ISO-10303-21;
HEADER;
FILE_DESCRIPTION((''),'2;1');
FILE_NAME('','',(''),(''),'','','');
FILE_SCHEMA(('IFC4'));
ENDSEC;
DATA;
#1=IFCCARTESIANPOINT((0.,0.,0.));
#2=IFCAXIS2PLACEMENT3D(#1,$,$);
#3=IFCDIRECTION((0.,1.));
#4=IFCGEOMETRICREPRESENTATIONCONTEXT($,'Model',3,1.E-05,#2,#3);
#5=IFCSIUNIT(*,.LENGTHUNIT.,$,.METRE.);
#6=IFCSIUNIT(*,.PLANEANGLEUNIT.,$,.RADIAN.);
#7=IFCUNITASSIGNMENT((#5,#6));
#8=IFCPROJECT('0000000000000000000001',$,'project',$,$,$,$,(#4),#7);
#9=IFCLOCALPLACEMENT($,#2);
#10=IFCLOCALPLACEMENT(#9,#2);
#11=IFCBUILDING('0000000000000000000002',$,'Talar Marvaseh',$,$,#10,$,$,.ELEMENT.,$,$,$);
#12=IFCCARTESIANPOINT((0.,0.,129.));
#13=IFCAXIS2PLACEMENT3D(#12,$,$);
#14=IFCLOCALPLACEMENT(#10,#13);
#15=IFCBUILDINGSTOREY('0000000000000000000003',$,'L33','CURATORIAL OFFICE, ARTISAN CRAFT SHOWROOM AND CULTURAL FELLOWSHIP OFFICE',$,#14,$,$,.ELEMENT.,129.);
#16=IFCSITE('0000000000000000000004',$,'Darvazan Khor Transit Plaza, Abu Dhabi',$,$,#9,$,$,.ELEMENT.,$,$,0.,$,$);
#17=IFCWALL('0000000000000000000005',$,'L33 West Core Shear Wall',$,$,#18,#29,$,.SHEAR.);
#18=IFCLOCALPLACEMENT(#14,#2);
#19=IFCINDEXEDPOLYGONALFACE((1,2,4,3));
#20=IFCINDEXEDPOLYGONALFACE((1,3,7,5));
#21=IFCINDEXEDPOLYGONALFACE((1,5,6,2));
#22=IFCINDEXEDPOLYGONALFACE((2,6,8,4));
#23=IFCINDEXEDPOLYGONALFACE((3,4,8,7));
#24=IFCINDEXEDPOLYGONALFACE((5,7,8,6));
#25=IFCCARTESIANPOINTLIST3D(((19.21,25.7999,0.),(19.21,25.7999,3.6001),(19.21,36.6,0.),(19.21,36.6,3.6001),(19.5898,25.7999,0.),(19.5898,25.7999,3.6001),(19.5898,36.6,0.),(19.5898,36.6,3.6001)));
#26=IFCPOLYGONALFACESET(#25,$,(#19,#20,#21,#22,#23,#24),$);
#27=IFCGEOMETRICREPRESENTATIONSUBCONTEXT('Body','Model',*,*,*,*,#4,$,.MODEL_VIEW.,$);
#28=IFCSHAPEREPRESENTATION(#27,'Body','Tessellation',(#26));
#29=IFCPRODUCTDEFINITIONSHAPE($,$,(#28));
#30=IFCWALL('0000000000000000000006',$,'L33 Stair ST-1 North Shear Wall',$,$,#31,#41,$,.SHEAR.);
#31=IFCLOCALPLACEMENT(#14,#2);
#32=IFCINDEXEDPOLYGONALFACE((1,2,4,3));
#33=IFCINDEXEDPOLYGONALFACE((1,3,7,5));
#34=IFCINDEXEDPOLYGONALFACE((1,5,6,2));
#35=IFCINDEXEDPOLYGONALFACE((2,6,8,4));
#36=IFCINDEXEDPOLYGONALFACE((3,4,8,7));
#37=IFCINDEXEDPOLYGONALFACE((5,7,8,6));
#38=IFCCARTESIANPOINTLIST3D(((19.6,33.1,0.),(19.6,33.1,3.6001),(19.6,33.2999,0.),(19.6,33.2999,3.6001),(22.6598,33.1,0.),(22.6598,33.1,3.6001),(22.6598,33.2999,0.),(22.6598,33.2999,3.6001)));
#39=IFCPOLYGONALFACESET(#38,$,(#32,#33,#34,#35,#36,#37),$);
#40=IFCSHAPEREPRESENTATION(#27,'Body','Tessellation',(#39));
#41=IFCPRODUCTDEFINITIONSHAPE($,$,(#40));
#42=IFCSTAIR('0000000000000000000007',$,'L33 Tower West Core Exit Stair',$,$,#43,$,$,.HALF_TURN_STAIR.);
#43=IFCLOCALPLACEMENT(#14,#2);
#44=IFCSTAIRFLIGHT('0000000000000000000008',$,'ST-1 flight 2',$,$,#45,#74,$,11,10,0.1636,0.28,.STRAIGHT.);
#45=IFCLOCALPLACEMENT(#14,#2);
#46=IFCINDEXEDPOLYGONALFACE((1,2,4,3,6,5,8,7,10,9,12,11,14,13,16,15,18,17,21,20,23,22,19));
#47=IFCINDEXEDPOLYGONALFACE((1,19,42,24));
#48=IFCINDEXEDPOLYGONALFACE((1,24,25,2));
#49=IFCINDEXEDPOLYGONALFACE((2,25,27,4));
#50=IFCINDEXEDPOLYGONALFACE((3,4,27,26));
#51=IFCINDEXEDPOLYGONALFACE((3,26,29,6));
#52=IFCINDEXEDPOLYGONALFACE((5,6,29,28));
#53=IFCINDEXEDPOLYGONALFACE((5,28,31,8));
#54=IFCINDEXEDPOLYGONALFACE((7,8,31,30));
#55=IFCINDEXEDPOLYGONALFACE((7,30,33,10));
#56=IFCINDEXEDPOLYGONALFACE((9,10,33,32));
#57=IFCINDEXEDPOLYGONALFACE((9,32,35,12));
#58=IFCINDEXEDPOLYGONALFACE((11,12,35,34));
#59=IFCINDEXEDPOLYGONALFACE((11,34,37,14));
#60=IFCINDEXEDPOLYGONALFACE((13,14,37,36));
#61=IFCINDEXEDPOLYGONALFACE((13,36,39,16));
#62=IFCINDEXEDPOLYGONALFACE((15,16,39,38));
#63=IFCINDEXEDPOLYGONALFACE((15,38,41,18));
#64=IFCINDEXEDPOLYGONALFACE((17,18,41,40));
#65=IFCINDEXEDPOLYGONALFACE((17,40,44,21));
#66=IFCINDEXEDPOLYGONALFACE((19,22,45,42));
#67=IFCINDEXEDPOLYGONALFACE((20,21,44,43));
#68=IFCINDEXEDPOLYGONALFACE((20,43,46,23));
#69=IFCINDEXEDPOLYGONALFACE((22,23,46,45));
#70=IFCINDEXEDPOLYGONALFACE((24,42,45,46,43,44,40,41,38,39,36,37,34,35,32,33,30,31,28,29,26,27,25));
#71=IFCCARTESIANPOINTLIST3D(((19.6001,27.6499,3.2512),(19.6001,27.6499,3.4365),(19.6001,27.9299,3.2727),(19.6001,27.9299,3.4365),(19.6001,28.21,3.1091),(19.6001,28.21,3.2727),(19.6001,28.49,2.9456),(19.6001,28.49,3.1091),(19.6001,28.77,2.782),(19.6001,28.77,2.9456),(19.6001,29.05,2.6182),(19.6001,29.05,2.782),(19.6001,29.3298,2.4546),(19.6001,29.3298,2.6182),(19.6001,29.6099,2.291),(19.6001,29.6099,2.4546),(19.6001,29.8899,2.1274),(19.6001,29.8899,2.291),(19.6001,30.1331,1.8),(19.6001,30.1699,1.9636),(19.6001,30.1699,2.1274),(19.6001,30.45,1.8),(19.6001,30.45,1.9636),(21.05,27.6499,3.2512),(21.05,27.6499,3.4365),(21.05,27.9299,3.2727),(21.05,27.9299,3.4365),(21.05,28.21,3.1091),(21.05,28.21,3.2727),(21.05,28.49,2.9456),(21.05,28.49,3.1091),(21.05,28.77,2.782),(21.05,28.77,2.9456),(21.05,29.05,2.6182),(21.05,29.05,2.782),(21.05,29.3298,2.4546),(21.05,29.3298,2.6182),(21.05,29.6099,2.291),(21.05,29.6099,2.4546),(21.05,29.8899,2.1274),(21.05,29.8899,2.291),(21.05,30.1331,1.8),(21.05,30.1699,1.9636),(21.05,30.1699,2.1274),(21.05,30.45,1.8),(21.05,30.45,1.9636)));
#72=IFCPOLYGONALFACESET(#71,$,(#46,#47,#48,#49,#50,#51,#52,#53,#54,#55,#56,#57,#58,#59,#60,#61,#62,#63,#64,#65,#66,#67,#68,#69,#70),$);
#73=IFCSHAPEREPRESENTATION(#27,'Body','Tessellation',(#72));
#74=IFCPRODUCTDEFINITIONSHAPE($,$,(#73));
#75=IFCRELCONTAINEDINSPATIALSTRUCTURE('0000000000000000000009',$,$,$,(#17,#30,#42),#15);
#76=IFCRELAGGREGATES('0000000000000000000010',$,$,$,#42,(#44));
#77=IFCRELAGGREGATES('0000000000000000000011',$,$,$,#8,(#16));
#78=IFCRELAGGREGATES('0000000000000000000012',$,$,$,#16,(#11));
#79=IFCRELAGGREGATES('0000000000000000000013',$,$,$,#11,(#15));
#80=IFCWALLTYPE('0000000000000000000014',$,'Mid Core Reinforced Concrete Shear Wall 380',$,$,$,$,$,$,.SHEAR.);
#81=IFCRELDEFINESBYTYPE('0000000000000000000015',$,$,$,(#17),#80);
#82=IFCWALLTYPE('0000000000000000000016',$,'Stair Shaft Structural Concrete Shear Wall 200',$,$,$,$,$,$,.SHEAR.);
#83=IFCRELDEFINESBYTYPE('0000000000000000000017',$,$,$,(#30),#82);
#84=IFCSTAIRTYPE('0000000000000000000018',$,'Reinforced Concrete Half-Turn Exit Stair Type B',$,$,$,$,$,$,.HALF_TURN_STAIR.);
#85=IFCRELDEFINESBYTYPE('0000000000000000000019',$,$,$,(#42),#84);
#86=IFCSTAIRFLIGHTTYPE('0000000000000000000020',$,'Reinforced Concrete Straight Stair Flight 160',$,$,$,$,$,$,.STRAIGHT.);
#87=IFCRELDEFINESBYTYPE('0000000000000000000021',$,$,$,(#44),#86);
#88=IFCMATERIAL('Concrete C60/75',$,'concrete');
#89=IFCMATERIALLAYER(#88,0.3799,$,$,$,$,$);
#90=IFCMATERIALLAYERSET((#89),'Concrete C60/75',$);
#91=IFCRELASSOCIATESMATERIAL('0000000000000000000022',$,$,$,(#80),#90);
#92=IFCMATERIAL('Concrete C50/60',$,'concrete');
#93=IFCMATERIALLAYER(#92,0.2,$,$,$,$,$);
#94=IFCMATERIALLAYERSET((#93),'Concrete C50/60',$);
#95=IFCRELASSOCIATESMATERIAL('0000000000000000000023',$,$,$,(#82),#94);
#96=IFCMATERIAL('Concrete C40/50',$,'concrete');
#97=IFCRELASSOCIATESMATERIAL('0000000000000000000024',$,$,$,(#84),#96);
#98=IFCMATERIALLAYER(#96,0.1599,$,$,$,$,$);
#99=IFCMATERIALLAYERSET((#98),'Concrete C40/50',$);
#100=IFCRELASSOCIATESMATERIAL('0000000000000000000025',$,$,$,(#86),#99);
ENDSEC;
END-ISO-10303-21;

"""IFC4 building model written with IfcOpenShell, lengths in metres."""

from ifc_helpers import new_model, si_unit, direction, frame, frame_2d, origin, place, context, subcontext, project, spatial, polyline, rectangle, outline, extrude, material, layer, layer_set, type_object, element, aggregate, save


model = new_model("IFC4")

# Units and contexts
model_context = context("Model", 3, precision=1e-05, world=origin(), true_north=direction((0.0, 1.0)))
body_context = subcontext(model_context, "Body", "Model", "MODEL_VIEW")
ifc_project = project(units=[si_unit("LENGTHUNIT", "METRE"), si_unit("PLANEANGLEUNIT", "RADIAN")], contexts=[model_context])

# Site, building, storey
site_placement = place(None, origin())
site = spatial("IfcSite", under=ifc_project, at=site_placement, Name="Darvazan Khor Transit Plaza, Abu Dhabi", CompositionType="ELEMENT", RefElevation=0.0)
building_placement = place(site_placement, origin())
building = spatial("IfcBuilding", under=site, at=building_placement, Name="Talar Marvaseh", CompositionType="ELEMENT")
storey_placement = place(building_placement, frame((0.0, 0.0, 129.0)))
storey = spatial("IfcBuildingStorey", under=building, at=storey_placement, Name="L33", Description="CURATORIAL OFFICE, ARTISAN CRAFT SHOWROOM AND CULTURAL FELLOWSHIP OFFICE", CompositionType="ELEMENT", Elevation=129.0)

# Shared definitions
ifc_material_1 = material(Name="Concrete C60/75", Category="concrete")

# Walls
ifc_layer_1 = layer(ifc_material_1, 0.3799)
ifc_layer_set_1 = layer_set([ifc_layer_1], Name="Concrete C60/75")
wall_type_1 = type_object("IfcWallType", Name="Mid Core Reinforced Concrete Shear Wall 380", PredefinedType="SHEAR", material=ifc_layer_set_1)
wall_1_placement = place(storey_placement, frame((19.3999, 25.8, 0.0), z_axis=(0.0, 0.0, 1.0), x_axis=(0.0, 1.0, 0.0)))
element("IfcWall", 1, at=wall_1_placement, inside=storey, type_object=wall_type_1, Name="L33 West Core Shear Wall", PredefinedType="SHEAR", context=body_context, shape_type="SweptSolid", body=[
    extrude(rectangle(XDim=10.8, YDim=0.3799, at=frame_2d((5.3999, 0.0))), origin(), (0.0, 0.0, 1.0), 3.6001),
])
ifc_material_2 = material(Name="Concrete C50/60", Category="concrete")
ifc_layer_2 = layer(ifc_material_2, 0.2)
ifc_layer_set_2 = layer_set([ifc_layer_2], Name="Concrete C50/60")
wall_type_2 = type_object("IfcWallType", Name="Stair Shaft Structural Concrete Shear Wall 200", PredefinedType="SHEAR", material=ifc_layer_set_2)
wall_2_placement = place(storey_placement, frame((19.6001, 33.2, 0.0), z_axis=(0.0, 0.0, 1.0), x_axis=(1.0, 0.0, 0.0)))
element("IfcWall", 2, at=wall_2_placement, inside=storey, type_object=wall_type_2, Name="L33 Stair ST-1 North Shear Wall", PredefinedType="SHEAR", context=body_context, shape_type="SweptSolid", body=[
    extrude(rectangle(XDim=3.0598, YDim=0.2, at=frame_2d((1.5298, 0.0))), origin(), (0.0, 0.0, 1.0), 3.6001),
])

# Stair, stair flight
ifc_material_3 = material(Name="Concrete C40/50", Category="concrete")
stair_type = type_object("IfcStairType", Name="Reinforced Concrete Half-Turn Exit Stair Type B", PredefinedType="HALF_TURN_STAIR", material=ifc_material_3)
stair_placement = place(storey_placement, origin())
stair = element("IfcStair", 3, at=stair_placement, inside=storey, type_object=stair_type, Name="L33 Tower West Core Exit Stair", PredefinedType="HALF_TURN_STAIR")
ifc_layer_3 = layer(ifc_material_3, 0.1599)
ifc_layer_set_3 = layer_set([ifc_layer_3], Name="Concrete C40/50")
stair_flight_type = type_object("IfcStairFlightType", Name="Reinforced Concrete Straight Stair Flight 160", PredefinedType="STRAIGHT", material=ifc_layer_set_3)
stair_flight_placement = place(storey_placement, frame((20.325, 30.45, 1.8), z_axis=(0.0, 0.0, 1.0), x_axis=(0.0, -1.0, 0.0)))
stair_flight = element("IfcStairFlight", 4, at=stair_flight_placement, type_object=stair_flight_type, Name="ST-1 flight 2", NumberOfRisers=11, NumberOfTreads=10, PredefinedType="STRAIGHT", RiserHeight=0.1636, TreadLength=0.28, context=body_context, shape_type="SweptSolid", body=[
    extrude(outline(polyline([(0.0, 0.0), (0.0, 0.1636), (0.28, 0.1636), (0.28, 0.3274), (0.5601, 0.3274), (0.5601, 0.491), (0.8401, 0.491), (0.8401, 0.6545), (1.1201, 0.6545), (1.1201, 0.8181), (1.3999, 0.8181), (1.3999, 0.9819), (1.6799, 0.9819), (1.6799, 1.1455), (1.96, 1.1455), (1.96, 1.3091), (2.24, 1.3091), (2.24, 1.4727), (2.52, 1.4727), (2.52, 1.6365), (2.8, 1.6365), (2.8, 1.8), (2.8, 1.4512), (0.3169, 0.0), (0.0, 0.0)])), frame((0.0, 0.7251, 0.0), z_axis=(0.0, -1.0, 0.0), x_axis=(1.0, 0.0, 0.0)), (0.0, 0.0, 1.0), 1.45),
])
aggregate(stair, [stair_flight])

save(model, "model.ifc")
